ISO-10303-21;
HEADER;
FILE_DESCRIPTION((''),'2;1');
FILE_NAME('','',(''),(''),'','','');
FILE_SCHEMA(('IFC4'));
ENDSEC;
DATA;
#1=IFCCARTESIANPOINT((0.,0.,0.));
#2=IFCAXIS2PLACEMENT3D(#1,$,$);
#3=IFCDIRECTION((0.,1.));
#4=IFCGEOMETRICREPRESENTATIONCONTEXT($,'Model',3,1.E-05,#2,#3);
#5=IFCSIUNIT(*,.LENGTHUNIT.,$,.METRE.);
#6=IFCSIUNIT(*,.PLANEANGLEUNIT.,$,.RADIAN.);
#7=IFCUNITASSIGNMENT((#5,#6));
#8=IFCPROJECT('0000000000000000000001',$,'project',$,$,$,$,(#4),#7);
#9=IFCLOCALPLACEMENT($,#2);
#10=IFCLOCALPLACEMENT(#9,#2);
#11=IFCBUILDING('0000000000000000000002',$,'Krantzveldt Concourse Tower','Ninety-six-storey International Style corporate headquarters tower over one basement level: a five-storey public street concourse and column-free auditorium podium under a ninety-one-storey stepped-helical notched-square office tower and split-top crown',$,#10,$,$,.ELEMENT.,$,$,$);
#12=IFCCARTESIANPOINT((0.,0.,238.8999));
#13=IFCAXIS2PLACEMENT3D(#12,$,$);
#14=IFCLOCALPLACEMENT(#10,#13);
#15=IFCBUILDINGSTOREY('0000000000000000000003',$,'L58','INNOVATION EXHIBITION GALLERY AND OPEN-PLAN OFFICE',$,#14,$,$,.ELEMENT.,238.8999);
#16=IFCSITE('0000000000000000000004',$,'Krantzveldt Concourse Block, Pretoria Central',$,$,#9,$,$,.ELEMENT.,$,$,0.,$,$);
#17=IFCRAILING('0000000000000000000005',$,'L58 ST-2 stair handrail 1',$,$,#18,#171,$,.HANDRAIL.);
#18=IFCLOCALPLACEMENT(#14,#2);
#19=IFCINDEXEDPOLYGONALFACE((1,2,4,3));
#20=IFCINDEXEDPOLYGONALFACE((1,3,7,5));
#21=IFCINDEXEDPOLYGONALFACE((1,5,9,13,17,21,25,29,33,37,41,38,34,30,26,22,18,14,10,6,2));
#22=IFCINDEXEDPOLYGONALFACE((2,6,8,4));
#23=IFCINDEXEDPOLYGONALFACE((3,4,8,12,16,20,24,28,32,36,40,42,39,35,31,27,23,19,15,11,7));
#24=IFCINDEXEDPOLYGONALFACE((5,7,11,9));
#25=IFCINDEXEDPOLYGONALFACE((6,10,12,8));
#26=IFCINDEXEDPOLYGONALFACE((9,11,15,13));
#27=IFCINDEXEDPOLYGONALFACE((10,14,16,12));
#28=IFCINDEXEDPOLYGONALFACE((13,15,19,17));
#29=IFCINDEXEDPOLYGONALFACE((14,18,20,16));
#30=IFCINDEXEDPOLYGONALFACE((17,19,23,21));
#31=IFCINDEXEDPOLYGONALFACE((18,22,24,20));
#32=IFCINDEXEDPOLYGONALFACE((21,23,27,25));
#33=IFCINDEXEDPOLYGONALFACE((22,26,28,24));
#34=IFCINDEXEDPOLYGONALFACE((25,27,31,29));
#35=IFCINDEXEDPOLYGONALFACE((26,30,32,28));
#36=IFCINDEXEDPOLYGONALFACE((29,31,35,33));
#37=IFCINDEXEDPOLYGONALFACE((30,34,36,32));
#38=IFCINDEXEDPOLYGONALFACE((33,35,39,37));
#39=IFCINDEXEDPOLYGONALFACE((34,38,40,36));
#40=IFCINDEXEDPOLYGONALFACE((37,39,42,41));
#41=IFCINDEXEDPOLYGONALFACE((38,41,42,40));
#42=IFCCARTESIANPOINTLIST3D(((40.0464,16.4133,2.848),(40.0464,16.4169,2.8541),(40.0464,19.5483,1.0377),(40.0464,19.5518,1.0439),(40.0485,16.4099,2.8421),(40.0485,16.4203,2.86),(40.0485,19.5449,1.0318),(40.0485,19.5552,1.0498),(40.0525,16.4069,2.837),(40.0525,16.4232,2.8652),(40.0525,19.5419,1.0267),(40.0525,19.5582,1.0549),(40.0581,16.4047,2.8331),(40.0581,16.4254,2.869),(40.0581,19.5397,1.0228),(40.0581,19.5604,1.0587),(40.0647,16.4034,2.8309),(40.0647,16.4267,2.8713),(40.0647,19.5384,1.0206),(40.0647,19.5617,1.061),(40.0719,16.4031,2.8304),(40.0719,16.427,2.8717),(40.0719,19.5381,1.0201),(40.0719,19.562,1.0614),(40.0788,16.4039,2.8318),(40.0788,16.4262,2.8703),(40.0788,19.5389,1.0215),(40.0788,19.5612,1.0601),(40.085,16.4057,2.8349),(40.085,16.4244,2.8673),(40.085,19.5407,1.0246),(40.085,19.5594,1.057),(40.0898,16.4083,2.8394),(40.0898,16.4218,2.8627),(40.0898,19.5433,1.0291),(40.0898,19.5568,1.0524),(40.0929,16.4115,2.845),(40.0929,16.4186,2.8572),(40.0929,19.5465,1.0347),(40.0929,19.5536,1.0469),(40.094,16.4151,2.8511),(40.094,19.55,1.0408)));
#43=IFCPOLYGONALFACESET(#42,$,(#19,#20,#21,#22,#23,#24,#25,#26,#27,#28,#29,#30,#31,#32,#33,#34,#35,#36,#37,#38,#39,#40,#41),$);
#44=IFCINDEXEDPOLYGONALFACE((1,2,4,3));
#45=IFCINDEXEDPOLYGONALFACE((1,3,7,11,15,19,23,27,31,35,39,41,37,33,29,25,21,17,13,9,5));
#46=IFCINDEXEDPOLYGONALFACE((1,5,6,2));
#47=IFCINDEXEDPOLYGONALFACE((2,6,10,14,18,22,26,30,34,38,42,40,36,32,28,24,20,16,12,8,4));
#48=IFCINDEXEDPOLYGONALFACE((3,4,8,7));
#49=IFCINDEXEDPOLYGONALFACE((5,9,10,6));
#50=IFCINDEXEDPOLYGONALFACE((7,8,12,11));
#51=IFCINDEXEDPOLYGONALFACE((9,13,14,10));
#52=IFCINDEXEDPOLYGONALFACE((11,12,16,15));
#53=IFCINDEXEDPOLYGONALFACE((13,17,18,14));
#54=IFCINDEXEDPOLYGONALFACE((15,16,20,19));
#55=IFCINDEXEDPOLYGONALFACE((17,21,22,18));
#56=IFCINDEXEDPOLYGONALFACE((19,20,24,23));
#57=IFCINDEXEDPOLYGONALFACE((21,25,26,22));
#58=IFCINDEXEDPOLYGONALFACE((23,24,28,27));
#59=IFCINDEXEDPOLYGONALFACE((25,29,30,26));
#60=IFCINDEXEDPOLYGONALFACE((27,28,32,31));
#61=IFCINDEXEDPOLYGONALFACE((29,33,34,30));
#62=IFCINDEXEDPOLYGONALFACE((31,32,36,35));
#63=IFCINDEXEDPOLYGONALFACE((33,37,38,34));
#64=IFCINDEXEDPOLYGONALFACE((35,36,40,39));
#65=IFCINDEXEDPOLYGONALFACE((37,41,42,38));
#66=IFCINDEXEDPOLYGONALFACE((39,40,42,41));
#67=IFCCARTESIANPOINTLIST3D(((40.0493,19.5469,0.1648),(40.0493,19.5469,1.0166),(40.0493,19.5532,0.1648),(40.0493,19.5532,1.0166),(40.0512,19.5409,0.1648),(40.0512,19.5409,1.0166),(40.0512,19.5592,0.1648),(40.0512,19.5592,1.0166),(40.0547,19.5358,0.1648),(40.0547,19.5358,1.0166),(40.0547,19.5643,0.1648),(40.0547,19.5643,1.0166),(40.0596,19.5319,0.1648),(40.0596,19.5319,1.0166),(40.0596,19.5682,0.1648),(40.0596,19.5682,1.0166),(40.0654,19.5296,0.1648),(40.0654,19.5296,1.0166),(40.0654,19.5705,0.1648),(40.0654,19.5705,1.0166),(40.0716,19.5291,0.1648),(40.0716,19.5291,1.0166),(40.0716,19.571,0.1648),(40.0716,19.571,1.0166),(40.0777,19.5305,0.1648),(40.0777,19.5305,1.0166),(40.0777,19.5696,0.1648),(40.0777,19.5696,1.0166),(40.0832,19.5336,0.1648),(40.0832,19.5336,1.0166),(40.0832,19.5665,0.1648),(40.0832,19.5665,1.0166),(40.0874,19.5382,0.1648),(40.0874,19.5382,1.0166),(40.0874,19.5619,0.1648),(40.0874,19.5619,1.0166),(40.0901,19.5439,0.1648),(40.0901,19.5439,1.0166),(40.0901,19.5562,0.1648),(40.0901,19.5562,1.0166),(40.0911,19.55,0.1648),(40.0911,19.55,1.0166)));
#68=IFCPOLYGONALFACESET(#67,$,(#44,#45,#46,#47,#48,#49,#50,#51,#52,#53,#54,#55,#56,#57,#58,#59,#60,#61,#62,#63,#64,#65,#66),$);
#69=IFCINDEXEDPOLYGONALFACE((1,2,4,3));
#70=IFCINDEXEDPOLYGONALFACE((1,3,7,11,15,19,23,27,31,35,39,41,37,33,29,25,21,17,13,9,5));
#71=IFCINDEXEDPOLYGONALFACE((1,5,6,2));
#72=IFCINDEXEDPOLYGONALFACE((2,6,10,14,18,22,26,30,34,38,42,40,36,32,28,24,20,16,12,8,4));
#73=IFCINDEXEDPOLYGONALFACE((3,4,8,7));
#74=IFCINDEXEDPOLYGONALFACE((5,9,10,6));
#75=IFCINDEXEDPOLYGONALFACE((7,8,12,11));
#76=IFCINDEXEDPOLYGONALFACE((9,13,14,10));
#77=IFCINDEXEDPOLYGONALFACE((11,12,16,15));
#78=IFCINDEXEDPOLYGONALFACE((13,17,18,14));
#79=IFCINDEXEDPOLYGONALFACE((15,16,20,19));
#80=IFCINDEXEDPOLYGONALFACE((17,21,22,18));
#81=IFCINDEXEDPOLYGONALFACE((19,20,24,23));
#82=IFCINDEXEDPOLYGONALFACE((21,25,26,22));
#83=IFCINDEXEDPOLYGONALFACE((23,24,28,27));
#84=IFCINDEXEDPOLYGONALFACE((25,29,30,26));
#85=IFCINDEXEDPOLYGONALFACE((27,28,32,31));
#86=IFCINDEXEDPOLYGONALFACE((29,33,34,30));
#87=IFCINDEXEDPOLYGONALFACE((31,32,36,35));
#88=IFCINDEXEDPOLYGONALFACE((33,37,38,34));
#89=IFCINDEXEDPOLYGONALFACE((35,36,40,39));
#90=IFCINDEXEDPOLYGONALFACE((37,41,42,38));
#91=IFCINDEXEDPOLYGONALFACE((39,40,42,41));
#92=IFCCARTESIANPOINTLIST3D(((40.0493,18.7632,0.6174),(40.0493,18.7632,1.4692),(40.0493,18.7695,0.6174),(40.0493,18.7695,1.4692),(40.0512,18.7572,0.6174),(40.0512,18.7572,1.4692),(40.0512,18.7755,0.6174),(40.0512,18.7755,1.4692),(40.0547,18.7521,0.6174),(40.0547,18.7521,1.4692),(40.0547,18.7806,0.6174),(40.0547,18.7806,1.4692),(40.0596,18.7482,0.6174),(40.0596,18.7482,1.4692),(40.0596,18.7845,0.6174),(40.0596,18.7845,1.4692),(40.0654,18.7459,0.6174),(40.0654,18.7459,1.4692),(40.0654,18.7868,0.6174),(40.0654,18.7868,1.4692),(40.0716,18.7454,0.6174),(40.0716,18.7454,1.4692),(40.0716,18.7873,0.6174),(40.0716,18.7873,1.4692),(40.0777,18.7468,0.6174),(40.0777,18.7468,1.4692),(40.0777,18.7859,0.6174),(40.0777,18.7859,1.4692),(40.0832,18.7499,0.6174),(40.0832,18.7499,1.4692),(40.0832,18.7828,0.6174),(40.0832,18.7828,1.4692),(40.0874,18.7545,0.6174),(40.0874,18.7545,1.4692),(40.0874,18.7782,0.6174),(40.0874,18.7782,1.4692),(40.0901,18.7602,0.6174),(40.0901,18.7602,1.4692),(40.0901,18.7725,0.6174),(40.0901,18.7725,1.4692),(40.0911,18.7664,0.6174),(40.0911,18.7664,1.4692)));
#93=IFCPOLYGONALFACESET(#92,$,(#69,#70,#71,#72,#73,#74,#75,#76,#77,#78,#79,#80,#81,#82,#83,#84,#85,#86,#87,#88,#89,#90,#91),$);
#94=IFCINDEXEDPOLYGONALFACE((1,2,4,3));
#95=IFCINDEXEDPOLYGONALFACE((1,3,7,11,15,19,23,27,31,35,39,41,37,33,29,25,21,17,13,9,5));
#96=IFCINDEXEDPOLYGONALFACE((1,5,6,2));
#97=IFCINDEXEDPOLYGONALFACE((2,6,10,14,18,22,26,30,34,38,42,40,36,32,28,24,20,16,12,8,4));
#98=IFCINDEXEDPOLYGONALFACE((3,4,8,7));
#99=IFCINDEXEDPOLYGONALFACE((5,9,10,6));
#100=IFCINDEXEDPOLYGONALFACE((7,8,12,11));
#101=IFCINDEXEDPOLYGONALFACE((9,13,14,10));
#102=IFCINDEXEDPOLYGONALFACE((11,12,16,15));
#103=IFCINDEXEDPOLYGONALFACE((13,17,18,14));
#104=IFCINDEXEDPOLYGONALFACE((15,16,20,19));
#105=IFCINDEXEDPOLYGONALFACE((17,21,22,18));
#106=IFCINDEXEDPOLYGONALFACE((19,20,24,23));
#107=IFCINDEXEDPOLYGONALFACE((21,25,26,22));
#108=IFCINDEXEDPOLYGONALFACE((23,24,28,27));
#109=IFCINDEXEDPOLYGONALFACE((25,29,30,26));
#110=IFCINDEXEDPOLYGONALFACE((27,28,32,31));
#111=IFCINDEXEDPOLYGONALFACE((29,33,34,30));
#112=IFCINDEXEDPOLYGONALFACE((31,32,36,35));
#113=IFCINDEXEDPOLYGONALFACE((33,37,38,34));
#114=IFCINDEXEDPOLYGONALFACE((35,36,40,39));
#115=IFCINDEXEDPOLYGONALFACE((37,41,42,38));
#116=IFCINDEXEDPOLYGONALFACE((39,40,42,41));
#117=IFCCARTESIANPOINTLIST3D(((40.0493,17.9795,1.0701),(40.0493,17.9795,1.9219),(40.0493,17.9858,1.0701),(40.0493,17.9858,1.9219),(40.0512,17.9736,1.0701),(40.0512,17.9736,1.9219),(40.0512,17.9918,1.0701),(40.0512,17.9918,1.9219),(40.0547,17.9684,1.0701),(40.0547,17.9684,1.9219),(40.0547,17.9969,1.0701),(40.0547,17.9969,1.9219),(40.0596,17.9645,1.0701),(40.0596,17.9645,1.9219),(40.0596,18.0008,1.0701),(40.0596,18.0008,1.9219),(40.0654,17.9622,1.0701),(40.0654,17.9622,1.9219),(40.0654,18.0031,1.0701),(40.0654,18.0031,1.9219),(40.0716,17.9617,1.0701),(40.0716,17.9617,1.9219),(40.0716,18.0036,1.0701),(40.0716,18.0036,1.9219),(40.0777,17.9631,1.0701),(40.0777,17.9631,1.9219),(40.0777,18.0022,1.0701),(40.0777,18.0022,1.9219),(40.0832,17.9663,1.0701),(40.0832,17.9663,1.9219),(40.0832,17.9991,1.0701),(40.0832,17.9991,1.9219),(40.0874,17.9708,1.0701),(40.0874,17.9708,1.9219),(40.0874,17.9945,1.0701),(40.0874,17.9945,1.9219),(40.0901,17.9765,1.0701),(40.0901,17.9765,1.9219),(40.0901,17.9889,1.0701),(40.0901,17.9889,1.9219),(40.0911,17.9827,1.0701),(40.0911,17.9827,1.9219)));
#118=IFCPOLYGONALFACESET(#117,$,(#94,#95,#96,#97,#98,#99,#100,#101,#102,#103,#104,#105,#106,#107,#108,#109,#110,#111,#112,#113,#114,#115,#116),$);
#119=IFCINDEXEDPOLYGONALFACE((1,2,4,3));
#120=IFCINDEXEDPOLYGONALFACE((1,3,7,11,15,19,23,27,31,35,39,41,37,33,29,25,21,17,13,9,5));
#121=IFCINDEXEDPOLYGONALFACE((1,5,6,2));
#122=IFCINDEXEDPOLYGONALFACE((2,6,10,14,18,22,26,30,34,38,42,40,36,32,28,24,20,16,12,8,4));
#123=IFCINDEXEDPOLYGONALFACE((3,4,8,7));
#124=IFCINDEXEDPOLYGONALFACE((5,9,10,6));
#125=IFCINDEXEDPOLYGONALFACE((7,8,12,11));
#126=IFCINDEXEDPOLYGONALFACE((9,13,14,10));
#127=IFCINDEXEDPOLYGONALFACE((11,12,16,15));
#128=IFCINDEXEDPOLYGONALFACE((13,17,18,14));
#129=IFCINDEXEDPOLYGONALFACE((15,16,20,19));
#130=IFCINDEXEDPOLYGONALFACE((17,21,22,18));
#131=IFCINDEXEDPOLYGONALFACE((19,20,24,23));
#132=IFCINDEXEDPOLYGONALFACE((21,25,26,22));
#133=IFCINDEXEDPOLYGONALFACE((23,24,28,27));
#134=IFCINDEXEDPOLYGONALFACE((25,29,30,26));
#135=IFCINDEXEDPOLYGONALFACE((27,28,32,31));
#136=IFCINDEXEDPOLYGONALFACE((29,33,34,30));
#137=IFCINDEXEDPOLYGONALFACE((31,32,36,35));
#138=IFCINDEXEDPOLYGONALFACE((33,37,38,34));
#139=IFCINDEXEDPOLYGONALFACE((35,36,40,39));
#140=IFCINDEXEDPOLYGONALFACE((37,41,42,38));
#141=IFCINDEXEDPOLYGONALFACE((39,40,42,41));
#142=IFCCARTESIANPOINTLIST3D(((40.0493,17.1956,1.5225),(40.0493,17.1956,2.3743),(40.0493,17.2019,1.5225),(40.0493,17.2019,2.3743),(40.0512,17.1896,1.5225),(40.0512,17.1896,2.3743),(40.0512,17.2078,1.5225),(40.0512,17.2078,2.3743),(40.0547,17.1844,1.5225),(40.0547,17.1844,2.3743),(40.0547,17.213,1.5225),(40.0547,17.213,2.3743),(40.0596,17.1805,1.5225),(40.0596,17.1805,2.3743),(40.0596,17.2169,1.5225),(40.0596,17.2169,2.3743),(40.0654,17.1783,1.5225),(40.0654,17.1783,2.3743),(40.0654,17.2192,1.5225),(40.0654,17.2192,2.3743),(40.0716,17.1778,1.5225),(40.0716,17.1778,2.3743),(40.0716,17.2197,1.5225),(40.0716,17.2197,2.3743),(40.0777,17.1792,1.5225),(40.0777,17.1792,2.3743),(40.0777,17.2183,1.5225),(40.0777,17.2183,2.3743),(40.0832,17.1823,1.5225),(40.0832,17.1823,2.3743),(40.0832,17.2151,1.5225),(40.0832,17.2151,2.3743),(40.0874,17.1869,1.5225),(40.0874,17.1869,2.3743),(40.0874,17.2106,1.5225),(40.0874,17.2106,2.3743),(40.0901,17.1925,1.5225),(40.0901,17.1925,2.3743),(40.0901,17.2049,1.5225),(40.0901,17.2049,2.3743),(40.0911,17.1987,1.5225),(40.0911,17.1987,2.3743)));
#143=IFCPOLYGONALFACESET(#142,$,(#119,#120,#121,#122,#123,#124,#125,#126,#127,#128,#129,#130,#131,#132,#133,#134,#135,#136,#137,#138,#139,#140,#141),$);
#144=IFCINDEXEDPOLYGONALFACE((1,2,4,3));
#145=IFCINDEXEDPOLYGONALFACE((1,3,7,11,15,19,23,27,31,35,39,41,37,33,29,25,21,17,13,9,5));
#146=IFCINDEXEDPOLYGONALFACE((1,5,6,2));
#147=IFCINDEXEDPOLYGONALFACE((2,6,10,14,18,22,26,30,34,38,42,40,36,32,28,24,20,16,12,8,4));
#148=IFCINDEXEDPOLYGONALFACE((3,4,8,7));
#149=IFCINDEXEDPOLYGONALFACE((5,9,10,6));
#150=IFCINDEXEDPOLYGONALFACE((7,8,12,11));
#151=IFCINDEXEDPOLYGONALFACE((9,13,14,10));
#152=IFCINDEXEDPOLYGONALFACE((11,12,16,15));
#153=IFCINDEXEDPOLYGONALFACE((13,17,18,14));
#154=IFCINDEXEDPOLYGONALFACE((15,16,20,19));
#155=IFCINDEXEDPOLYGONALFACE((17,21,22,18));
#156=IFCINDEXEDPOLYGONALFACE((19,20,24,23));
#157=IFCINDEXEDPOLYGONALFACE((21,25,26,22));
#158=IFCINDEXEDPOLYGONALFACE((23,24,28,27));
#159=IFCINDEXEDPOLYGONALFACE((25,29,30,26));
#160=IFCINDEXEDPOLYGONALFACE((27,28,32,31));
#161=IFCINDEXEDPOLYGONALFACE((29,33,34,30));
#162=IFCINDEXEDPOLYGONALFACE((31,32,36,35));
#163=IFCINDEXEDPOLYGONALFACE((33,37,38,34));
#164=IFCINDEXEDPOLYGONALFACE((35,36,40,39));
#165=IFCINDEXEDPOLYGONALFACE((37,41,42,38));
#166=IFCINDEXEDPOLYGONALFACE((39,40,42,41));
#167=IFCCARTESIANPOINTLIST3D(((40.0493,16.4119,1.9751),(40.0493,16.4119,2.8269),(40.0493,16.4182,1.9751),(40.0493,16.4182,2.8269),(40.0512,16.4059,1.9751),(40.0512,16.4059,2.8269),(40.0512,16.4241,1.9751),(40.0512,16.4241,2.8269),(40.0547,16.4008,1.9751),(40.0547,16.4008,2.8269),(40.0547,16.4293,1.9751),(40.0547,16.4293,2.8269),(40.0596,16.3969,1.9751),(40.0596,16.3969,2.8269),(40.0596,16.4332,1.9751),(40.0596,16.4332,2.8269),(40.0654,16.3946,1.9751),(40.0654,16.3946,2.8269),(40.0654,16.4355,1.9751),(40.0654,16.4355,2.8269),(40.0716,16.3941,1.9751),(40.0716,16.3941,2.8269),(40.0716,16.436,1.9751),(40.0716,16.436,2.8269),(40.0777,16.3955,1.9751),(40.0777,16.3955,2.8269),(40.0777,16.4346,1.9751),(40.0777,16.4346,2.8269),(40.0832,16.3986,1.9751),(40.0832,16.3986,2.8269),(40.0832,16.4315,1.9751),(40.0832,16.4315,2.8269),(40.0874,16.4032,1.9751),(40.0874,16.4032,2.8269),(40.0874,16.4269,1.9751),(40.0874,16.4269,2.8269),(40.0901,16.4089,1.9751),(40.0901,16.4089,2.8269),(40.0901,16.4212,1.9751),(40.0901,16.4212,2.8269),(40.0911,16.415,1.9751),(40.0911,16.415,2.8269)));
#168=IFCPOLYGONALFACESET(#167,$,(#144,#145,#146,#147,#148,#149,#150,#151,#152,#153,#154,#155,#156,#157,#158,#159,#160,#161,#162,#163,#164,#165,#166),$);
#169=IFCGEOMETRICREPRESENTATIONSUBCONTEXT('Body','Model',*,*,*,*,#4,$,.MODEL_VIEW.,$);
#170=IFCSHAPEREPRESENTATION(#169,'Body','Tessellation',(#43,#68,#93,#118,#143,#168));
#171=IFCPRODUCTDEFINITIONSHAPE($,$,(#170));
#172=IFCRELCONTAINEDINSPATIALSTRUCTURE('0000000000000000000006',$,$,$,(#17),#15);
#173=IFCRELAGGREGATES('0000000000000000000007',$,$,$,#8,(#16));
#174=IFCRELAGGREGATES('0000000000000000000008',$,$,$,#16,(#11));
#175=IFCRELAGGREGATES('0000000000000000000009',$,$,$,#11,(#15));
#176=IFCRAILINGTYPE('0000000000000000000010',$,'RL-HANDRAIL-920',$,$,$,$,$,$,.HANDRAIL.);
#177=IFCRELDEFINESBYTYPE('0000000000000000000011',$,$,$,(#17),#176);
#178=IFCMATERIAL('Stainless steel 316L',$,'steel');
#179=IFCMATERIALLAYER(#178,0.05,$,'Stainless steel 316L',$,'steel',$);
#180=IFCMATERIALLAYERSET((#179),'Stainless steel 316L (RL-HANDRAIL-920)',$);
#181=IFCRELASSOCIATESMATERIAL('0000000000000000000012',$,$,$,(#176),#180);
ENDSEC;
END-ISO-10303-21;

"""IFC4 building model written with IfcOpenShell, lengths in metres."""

from ifc_helpers import new_model, si_unit, direction, frame, origin, origin_2d, place, context, subcontext, project, spatial, circle, extrude, material, layer, layer_set, type_object, element, save


model = new_model("IFC4")

# Units and contexts
model_context = context("Model", 3, precision=1e-05, world=origin(), true_north=direction((0.0, 1.0)))
body_context = subcontext(model_context, "Body", "Model", "MODEL_VIEW")
ifc_project = project(units=[si_unit("LENGTHUNIT", "METRE"), si_unit("PLANEANGLEUNIT", "RADIAN")], contexts=[model_context])

# Site, building, storey
site_placement = place(None, origin())
site = spatial("IfcSite", under=ifc_project, at=site_placement, Name="Krantzveldt Concourse Block, Pretoria Central", CompositionType="ELEMENT", RefElevation=0.0)
building_placement = place(site_placement, origin())
building = spatial("IfcBuilding", under=site, at=building_placement, Name="Krantzveldt Concourse Tower", Description="Ninety-six-storey International Style corporate headquarters tower over one basement level: a five-storey public street concourse and column-free auditorium podium under a ninety-one-storey stepped-helical notched-square office tower and split-top crown", CompositionType="ELEMENT")
storey_placement = place(building_placement, frame((0.0, 0.0, 238.8999)))
storey = spatial("IfcBuildingStorey", under=building, at=storey_placement, Name="L58", Description="INNOVATION EXHIBITION GALLERY AND OPEN-PLAN OFFICE", CompositionType="ELEMENT", Elevation=238.8999)

# Shared definitions
ifc_material_1 = material(Name="Stainless steel 316L", Category="steel")

# Railing
ifc_layer_1 = layer(ifc_material_1, 0.05, Name="Stainless steel 316L", Category="steel")
ifc_layer_set_1 = layer_set([ifc_layer_1], Name="Stainless steel 316L (RL-HANDRAIL-920)")
railing_type_1 = type_object("IfcRailingType", Name="RL-HANDRAIL-920", PredefinedType="HANDRAIL", material=ifc_layer_set_1)
railing_1_placement = place(storey_placement, frame((40.0701, 19.55, 0.1648)))
element("IfcRailing", 1, at=railing_1_placement, inside=storey, type_object=railing_type_1, Name="L58 ST-2 stair handrail 1", PredefinedType="HANDRAIL", context=body_context, shape_type="SweptSolid", body=[
    extrude(circle(Radius=0.0239, at=origin_2d()), frame((0.0, 0.0, 0.876), z_axis=(0.0, -0.865989, 0.500063), x_axis=(1.0, 0.0, 0.0)), (0.0, 0.0, 1.0), 3.6201),
    extrude(circle(Radius=0.021, at=origin_2d()), origin(), (0.0, 0.0, 1.0), 0.8518),
    extrude(circle(Radius=0.021, at=origin_2d()), frame((0.0, -0.7837, 0.4526)), (0.0, 0.0, 1.0), 0.8518),
    extrude(circle(Radius=0.021, at=origin_2d()), frame((0.0, -1.5674, 0.9053)), (0.0, 0.0, 1.0), 0.8518),
    extrude(circle(Radius=0.021, at=origin_2d()), frame((0.0, -2.3513, 1.3577)), (0.0, 0.0, 1.0), 0.8518),
    extrude(circle(Radius=0.021, at=origin_2d()), frame((0.0, -3.135, 1.8103)), (0.0, 0.0, 1.0), 0.8518),
])

save(model, "model.ifc")
